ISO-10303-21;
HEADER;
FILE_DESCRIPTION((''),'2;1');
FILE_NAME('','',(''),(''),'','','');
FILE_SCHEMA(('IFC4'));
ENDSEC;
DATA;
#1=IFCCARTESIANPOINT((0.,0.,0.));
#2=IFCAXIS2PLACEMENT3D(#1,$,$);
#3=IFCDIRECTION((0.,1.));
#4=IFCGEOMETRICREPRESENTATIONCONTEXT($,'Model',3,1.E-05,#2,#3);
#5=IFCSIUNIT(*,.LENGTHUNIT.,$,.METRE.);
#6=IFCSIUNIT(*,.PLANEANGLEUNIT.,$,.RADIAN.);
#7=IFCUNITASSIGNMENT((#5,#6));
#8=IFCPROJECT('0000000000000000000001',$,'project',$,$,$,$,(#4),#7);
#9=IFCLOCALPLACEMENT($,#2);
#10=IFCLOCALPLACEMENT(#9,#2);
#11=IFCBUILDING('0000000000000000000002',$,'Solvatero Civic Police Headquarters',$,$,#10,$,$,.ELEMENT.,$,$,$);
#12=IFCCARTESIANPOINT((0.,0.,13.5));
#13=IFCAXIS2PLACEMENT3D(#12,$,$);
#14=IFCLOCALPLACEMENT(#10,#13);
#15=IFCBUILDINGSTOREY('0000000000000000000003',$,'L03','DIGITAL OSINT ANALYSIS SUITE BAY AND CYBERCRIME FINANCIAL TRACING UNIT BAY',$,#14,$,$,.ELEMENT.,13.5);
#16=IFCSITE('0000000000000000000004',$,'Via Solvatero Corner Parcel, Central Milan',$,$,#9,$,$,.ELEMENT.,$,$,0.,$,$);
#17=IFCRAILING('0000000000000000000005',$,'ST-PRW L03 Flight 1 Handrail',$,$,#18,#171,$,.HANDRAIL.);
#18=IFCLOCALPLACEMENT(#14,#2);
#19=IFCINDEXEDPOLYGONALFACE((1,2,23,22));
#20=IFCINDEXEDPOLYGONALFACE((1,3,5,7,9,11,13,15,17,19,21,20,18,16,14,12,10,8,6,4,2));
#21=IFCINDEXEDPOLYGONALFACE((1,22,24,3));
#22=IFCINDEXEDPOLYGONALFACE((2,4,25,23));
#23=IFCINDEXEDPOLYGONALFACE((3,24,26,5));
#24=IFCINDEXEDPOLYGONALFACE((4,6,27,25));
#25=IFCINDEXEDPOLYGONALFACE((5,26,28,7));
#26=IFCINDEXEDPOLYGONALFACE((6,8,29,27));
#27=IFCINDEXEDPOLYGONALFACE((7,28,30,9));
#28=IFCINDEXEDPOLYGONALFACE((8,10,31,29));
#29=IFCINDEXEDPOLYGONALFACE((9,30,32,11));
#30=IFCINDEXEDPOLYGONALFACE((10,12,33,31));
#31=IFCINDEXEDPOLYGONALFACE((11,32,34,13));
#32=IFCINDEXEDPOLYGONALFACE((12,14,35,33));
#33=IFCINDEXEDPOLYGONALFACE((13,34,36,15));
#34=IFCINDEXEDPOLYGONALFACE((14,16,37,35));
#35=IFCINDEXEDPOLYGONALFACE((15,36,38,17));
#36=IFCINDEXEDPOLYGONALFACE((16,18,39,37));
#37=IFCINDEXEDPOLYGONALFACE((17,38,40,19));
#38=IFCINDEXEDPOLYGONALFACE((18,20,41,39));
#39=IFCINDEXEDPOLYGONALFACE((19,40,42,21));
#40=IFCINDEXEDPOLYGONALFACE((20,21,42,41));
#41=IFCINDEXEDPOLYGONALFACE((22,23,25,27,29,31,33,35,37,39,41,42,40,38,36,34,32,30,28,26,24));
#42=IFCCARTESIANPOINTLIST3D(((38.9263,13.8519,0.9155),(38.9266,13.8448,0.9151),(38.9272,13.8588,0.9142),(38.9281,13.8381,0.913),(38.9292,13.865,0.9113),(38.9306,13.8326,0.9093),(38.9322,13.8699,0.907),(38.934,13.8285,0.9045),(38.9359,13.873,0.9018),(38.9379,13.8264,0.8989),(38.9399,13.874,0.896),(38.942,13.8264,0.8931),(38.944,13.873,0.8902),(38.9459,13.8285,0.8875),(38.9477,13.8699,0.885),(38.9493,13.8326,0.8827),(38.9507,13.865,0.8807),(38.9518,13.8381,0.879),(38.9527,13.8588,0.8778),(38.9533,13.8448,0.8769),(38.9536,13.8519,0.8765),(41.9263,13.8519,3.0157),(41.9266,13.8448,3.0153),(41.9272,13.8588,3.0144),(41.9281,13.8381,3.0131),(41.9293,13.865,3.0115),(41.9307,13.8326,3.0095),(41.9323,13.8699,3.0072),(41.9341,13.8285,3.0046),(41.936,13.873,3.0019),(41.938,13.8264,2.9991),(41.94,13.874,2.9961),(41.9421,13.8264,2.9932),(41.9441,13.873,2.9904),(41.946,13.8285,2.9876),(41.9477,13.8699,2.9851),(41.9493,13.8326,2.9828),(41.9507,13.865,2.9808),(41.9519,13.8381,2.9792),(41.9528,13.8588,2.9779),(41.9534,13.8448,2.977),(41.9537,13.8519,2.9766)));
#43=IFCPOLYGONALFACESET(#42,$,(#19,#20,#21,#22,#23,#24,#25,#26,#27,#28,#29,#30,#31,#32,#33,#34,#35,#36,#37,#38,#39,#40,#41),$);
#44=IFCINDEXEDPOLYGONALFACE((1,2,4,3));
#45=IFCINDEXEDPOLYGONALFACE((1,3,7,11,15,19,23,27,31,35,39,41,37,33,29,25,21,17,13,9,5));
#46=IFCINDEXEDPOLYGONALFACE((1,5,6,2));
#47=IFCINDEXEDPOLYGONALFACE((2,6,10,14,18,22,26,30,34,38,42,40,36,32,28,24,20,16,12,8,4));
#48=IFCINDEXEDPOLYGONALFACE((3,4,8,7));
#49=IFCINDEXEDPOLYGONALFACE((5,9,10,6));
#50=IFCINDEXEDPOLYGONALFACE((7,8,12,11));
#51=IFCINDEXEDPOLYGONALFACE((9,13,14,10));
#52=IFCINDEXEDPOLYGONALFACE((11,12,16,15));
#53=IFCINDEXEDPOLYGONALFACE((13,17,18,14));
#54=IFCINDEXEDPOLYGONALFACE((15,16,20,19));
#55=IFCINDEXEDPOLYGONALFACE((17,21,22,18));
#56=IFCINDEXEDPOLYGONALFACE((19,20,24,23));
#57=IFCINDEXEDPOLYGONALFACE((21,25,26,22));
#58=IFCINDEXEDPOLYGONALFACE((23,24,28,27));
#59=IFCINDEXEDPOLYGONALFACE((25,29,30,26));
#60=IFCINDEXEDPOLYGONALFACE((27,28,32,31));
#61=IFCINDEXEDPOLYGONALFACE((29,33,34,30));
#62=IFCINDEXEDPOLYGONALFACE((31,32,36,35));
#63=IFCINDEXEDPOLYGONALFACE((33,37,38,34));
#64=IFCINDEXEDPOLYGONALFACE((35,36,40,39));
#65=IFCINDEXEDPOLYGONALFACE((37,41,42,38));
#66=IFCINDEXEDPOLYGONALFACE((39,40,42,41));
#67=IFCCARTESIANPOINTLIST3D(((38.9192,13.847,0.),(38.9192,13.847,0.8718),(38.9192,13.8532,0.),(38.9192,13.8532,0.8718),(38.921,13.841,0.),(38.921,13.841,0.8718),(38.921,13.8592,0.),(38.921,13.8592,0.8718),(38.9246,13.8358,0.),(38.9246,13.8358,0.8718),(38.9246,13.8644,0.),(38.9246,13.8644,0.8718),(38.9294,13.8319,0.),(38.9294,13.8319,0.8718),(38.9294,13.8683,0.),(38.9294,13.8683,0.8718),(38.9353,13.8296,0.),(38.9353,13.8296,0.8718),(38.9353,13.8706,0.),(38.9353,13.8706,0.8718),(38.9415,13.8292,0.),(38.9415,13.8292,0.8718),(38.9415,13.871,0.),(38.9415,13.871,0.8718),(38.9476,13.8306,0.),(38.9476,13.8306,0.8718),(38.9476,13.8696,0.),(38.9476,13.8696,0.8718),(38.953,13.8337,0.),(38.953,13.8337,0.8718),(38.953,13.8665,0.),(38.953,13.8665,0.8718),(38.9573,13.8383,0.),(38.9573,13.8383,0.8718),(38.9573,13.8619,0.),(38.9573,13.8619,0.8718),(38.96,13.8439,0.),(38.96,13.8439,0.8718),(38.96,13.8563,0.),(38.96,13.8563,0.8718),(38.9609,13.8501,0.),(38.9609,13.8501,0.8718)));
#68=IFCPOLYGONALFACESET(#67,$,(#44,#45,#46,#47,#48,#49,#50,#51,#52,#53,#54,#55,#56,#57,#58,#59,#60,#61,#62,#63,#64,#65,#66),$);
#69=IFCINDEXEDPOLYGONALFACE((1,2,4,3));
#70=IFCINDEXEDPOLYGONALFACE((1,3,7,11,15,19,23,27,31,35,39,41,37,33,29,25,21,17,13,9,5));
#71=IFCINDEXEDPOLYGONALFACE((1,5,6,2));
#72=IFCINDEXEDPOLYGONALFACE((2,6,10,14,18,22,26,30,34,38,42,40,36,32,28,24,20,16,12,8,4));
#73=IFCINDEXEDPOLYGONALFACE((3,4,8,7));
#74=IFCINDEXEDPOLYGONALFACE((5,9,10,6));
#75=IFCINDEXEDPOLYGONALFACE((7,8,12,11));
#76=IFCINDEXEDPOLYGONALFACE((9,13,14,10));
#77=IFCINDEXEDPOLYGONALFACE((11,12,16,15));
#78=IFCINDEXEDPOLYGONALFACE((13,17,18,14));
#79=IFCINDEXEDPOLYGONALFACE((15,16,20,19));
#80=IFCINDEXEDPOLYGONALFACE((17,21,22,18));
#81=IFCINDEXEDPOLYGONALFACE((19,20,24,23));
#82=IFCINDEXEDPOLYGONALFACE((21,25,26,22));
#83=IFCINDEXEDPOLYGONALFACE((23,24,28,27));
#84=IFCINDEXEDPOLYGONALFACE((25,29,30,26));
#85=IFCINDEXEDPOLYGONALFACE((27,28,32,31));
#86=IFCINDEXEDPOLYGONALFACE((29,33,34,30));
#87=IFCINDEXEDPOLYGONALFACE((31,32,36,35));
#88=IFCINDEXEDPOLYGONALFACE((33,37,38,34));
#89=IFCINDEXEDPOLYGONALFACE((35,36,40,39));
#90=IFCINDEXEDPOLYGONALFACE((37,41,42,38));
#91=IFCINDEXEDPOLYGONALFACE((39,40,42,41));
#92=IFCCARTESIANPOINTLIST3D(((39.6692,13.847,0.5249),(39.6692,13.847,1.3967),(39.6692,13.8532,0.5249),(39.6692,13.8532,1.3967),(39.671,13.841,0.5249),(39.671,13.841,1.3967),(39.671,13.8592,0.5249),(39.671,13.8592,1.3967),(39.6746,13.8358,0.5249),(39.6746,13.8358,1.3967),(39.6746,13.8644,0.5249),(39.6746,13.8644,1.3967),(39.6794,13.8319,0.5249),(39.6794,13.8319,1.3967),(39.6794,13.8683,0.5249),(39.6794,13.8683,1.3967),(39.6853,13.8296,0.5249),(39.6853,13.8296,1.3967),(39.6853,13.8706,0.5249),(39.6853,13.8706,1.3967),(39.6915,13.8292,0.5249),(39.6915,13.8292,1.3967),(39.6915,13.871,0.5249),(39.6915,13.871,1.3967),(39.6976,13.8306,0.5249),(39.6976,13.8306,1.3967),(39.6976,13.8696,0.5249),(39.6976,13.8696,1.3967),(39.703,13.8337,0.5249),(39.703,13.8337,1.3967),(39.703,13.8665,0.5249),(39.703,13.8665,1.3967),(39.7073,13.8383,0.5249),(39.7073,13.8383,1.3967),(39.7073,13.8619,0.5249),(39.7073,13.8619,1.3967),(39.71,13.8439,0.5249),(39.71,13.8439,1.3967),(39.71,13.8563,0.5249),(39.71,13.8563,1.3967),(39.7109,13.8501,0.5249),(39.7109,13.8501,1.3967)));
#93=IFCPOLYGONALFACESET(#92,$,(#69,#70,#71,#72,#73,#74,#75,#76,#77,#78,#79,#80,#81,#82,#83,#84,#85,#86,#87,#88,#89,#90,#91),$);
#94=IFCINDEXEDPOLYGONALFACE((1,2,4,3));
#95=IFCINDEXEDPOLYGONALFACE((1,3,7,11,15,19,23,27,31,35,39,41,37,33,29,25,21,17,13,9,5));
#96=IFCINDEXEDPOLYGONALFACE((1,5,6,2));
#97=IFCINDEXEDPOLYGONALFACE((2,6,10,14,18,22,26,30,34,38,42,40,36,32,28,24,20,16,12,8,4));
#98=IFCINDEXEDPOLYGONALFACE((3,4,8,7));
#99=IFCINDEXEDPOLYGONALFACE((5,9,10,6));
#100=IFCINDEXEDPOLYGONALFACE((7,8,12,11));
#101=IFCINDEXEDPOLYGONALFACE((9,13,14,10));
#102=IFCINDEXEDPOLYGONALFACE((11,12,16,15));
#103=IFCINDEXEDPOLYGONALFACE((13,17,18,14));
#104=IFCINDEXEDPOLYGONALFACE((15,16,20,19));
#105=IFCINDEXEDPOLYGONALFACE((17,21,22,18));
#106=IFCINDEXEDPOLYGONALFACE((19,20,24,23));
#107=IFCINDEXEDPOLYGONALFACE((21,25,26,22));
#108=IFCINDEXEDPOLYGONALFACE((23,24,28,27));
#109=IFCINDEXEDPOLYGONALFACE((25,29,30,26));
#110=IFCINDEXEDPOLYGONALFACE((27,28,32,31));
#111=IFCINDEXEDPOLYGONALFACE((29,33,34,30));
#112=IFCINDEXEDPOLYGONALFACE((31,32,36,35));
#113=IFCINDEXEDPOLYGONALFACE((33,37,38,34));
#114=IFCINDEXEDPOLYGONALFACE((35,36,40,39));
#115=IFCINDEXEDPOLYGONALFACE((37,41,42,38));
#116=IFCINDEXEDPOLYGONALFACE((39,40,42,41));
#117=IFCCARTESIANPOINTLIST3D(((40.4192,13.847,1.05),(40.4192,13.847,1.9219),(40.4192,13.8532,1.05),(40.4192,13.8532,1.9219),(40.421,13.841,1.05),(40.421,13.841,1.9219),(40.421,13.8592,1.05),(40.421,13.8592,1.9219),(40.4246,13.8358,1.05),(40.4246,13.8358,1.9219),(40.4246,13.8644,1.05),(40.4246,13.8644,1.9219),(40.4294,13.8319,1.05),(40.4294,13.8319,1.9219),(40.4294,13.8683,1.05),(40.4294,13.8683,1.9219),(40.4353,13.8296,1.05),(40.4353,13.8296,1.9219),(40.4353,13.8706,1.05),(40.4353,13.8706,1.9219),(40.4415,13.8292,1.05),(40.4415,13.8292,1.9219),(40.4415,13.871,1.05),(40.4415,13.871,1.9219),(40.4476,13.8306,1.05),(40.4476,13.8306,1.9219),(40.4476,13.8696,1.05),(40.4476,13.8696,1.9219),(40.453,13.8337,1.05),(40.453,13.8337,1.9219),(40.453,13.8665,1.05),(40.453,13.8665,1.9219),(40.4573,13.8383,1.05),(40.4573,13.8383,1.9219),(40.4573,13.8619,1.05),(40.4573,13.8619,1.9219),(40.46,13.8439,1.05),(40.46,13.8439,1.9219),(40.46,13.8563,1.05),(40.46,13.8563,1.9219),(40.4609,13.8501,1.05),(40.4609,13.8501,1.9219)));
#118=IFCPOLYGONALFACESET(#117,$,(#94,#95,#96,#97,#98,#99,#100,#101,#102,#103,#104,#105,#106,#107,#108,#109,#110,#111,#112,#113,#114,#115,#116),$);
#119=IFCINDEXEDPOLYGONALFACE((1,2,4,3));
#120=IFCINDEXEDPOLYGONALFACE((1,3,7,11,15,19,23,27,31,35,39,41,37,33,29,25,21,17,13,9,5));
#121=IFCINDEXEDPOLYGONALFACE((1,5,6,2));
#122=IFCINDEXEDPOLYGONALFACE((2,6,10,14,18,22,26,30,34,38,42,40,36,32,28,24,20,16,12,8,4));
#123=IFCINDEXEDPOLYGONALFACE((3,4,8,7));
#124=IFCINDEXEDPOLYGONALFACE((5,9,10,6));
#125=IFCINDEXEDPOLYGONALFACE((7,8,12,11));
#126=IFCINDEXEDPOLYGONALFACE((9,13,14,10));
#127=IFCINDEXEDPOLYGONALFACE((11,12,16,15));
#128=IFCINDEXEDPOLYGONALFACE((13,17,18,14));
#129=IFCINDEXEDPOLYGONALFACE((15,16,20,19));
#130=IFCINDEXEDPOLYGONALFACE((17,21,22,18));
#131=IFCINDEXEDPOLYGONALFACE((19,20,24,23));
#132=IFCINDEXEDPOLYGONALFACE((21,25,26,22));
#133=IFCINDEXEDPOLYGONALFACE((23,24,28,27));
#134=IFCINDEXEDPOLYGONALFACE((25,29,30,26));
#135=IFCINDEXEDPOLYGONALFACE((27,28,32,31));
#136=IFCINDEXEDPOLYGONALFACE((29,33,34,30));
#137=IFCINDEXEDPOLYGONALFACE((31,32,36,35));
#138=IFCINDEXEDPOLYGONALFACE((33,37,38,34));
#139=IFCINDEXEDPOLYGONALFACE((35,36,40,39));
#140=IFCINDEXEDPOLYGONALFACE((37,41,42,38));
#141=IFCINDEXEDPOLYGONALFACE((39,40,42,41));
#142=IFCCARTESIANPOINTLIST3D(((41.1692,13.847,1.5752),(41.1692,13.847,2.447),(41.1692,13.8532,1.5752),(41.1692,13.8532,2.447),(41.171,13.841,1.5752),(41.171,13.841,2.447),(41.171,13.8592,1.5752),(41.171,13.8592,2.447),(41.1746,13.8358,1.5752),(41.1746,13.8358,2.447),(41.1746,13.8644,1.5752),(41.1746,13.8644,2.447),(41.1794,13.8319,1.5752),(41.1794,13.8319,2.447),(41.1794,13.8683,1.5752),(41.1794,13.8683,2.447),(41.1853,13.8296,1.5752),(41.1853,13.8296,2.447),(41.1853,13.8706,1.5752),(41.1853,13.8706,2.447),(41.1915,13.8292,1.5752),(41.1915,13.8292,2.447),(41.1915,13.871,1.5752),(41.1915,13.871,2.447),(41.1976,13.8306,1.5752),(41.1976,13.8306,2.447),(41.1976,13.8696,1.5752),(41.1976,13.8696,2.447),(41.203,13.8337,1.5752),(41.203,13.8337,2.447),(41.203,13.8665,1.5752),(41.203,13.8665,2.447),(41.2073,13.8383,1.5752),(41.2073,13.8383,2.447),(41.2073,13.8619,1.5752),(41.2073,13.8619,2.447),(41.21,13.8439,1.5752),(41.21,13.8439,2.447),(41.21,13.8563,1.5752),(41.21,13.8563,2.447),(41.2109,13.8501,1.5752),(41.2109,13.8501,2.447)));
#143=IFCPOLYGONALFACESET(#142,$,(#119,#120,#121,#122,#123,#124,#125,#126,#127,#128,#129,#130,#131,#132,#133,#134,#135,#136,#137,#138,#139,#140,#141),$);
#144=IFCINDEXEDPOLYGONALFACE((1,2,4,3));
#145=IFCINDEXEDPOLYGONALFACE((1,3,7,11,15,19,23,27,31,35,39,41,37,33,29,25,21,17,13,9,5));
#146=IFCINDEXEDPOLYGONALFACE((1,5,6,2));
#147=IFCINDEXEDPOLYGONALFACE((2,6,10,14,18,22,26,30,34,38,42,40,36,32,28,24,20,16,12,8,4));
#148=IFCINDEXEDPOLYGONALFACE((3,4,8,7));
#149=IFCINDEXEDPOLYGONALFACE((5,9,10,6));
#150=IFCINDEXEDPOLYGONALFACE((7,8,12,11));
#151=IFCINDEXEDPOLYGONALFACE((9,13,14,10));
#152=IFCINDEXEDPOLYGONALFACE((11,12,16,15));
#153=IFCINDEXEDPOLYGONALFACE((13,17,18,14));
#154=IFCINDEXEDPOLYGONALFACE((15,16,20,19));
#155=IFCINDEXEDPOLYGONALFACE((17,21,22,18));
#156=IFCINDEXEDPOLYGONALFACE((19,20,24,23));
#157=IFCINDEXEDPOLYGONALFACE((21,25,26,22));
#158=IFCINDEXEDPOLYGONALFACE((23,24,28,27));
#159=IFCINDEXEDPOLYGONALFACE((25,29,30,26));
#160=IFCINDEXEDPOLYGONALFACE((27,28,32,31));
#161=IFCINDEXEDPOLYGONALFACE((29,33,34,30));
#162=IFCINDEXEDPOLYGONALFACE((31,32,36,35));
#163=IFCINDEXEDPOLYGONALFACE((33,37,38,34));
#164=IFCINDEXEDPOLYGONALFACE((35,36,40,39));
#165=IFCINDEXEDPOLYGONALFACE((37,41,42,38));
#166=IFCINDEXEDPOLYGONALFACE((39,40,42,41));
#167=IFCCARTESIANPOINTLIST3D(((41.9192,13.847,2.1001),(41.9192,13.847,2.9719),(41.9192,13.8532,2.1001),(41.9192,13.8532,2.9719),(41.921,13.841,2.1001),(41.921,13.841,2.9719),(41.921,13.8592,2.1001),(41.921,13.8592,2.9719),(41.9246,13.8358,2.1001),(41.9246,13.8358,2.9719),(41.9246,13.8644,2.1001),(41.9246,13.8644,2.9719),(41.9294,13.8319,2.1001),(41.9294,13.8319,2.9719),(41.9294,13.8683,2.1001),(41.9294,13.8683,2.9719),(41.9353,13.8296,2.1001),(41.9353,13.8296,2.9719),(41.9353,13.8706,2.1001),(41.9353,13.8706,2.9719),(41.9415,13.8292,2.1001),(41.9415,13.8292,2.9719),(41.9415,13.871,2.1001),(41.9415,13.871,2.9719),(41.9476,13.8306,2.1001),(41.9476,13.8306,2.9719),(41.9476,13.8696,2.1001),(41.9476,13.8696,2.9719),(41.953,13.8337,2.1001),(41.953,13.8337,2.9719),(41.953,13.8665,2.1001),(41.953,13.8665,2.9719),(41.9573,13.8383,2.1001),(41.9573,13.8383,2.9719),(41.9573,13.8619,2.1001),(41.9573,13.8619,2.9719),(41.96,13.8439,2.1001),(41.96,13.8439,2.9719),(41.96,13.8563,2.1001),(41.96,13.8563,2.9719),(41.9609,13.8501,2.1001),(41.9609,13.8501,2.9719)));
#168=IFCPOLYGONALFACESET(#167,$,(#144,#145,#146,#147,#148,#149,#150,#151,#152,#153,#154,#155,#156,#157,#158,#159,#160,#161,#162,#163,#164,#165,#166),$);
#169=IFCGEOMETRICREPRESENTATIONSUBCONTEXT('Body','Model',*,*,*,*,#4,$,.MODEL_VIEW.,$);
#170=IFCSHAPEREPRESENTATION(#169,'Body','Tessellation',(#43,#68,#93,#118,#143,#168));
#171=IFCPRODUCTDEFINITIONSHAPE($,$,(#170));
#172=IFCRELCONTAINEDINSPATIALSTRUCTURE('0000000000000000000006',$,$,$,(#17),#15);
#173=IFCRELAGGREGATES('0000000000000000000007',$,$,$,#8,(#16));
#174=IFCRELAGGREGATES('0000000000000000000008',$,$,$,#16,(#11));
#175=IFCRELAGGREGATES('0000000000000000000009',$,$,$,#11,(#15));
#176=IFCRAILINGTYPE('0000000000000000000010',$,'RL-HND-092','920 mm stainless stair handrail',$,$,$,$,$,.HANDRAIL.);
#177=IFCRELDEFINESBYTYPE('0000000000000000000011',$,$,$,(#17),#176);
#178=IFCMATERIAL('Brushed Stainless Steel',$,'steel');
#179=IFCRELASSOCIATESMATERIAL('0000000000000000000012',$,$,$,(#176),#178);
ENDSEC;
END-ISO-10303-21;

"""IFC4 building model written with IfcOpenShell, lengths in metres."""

from ifc_helpers import new_model, si_unit, direction, frame, origin, origin_2d, place, context, subcontext, project, spatial, circle, extrude, material, type_object, element, save


model = new_model("IFC4")

# Units and contexts
model_context = context("Model", 3, precision=1e-05, world=origin(), true_north=direction((0.0, 1.0)))
body_context = subcontext(model_context, "Body", "Model", "MODEL_VIEW")
ifc_project = project(units=[si_unit("LENGTHUNIT", "METRE"), si_unit("PLANEANGLEUNIT", "RADIAN")], contexts=[model_context])

# Site, building, storey
site_placement = place(None, origin())
site = spatial("IfcSite", under=ifc_project, at=site_placement, Name="Via Solvatero Corner Parcel, Central Milan", CompositionType="ELEMENT", RefElevation=0.0)
building_placement = place(site_placement, origin())
building = spatial("IfcBuilding", under=site, at=building_placement, Name="Solvatero Civic Police Headquarters", CompositionType="ELEMENT")
storey_placement = place(building_placement, frame((0.0, 0.0, 13.5)))
storey = spatial("IfcBuildingStorey", under=building, at=storey_placement, Name="L03", Description="DIGITAL OSINT ANALYSIS SUITE BAY AND CYBERCRIME FINANCIAL TRACING UNIT BAY", CompositionType="ELEMENT", Elevation=13.5)

# Railing
ifc_material_1 = material(Name="Brushed Stainless Steel", Category="steel")
railing_type_1 = type_object("IfcRailingType", Name="RL-HND-092", Description="920 mm stainless stair handrail", PredefinedType="HANDRAIL", material=ifc_material_1)
railing_1_placement = place(storey_placement, frame((38.9399, 13.8501, 0.0)))
element("IfcRailing", 1, at=railing_1_placement, inside=storey, type_object=railing_type_1, Name="ST-PRW L03 Flight 1 Handrail", PredefinedType="HANDRAIL", context=body_context, shape_type="SweptSolid", body=[
    extrude(circle(Radius=0.0239, at=origin_2d()), frame((0.0, 0.0, 0.896), z_axis=(0.819219, 0.0, 0.57348), x_axis=(0.0, 1.0, 0.0)), (0.0, 0.0, 1.0), 3.6621),
    extrude(circle(Radius=0.021, at=origin_2d()), origin(), (0.0, 0.0, 1.0), 0.8718),
    extrude(circle(Radius=0.021, at=origin_2d()), frame((0.75, 0.0, 0.5249)), (0.0, 0.0, 1.0), 0.8718),
    extrude(circle(Radius=0.021, at=origin_2d()), frame((1.5, 0.0, 1.05)), (0.0, 0.0, 1.0), 0.8718),
    extrude(circle(Radius=0.021, at=origin_2d()), frame((2.25, 0.0, 1.5752)), (0.0, 0.0, 1.0), 0.8718),
    extrude(circle(Radius=0.021, at=origin_2d()), frame((3.0, 0.0, 2.1001)), (0.0, 0.0, 1.0), 0.8718),
])

save(model, "model.ifc")
